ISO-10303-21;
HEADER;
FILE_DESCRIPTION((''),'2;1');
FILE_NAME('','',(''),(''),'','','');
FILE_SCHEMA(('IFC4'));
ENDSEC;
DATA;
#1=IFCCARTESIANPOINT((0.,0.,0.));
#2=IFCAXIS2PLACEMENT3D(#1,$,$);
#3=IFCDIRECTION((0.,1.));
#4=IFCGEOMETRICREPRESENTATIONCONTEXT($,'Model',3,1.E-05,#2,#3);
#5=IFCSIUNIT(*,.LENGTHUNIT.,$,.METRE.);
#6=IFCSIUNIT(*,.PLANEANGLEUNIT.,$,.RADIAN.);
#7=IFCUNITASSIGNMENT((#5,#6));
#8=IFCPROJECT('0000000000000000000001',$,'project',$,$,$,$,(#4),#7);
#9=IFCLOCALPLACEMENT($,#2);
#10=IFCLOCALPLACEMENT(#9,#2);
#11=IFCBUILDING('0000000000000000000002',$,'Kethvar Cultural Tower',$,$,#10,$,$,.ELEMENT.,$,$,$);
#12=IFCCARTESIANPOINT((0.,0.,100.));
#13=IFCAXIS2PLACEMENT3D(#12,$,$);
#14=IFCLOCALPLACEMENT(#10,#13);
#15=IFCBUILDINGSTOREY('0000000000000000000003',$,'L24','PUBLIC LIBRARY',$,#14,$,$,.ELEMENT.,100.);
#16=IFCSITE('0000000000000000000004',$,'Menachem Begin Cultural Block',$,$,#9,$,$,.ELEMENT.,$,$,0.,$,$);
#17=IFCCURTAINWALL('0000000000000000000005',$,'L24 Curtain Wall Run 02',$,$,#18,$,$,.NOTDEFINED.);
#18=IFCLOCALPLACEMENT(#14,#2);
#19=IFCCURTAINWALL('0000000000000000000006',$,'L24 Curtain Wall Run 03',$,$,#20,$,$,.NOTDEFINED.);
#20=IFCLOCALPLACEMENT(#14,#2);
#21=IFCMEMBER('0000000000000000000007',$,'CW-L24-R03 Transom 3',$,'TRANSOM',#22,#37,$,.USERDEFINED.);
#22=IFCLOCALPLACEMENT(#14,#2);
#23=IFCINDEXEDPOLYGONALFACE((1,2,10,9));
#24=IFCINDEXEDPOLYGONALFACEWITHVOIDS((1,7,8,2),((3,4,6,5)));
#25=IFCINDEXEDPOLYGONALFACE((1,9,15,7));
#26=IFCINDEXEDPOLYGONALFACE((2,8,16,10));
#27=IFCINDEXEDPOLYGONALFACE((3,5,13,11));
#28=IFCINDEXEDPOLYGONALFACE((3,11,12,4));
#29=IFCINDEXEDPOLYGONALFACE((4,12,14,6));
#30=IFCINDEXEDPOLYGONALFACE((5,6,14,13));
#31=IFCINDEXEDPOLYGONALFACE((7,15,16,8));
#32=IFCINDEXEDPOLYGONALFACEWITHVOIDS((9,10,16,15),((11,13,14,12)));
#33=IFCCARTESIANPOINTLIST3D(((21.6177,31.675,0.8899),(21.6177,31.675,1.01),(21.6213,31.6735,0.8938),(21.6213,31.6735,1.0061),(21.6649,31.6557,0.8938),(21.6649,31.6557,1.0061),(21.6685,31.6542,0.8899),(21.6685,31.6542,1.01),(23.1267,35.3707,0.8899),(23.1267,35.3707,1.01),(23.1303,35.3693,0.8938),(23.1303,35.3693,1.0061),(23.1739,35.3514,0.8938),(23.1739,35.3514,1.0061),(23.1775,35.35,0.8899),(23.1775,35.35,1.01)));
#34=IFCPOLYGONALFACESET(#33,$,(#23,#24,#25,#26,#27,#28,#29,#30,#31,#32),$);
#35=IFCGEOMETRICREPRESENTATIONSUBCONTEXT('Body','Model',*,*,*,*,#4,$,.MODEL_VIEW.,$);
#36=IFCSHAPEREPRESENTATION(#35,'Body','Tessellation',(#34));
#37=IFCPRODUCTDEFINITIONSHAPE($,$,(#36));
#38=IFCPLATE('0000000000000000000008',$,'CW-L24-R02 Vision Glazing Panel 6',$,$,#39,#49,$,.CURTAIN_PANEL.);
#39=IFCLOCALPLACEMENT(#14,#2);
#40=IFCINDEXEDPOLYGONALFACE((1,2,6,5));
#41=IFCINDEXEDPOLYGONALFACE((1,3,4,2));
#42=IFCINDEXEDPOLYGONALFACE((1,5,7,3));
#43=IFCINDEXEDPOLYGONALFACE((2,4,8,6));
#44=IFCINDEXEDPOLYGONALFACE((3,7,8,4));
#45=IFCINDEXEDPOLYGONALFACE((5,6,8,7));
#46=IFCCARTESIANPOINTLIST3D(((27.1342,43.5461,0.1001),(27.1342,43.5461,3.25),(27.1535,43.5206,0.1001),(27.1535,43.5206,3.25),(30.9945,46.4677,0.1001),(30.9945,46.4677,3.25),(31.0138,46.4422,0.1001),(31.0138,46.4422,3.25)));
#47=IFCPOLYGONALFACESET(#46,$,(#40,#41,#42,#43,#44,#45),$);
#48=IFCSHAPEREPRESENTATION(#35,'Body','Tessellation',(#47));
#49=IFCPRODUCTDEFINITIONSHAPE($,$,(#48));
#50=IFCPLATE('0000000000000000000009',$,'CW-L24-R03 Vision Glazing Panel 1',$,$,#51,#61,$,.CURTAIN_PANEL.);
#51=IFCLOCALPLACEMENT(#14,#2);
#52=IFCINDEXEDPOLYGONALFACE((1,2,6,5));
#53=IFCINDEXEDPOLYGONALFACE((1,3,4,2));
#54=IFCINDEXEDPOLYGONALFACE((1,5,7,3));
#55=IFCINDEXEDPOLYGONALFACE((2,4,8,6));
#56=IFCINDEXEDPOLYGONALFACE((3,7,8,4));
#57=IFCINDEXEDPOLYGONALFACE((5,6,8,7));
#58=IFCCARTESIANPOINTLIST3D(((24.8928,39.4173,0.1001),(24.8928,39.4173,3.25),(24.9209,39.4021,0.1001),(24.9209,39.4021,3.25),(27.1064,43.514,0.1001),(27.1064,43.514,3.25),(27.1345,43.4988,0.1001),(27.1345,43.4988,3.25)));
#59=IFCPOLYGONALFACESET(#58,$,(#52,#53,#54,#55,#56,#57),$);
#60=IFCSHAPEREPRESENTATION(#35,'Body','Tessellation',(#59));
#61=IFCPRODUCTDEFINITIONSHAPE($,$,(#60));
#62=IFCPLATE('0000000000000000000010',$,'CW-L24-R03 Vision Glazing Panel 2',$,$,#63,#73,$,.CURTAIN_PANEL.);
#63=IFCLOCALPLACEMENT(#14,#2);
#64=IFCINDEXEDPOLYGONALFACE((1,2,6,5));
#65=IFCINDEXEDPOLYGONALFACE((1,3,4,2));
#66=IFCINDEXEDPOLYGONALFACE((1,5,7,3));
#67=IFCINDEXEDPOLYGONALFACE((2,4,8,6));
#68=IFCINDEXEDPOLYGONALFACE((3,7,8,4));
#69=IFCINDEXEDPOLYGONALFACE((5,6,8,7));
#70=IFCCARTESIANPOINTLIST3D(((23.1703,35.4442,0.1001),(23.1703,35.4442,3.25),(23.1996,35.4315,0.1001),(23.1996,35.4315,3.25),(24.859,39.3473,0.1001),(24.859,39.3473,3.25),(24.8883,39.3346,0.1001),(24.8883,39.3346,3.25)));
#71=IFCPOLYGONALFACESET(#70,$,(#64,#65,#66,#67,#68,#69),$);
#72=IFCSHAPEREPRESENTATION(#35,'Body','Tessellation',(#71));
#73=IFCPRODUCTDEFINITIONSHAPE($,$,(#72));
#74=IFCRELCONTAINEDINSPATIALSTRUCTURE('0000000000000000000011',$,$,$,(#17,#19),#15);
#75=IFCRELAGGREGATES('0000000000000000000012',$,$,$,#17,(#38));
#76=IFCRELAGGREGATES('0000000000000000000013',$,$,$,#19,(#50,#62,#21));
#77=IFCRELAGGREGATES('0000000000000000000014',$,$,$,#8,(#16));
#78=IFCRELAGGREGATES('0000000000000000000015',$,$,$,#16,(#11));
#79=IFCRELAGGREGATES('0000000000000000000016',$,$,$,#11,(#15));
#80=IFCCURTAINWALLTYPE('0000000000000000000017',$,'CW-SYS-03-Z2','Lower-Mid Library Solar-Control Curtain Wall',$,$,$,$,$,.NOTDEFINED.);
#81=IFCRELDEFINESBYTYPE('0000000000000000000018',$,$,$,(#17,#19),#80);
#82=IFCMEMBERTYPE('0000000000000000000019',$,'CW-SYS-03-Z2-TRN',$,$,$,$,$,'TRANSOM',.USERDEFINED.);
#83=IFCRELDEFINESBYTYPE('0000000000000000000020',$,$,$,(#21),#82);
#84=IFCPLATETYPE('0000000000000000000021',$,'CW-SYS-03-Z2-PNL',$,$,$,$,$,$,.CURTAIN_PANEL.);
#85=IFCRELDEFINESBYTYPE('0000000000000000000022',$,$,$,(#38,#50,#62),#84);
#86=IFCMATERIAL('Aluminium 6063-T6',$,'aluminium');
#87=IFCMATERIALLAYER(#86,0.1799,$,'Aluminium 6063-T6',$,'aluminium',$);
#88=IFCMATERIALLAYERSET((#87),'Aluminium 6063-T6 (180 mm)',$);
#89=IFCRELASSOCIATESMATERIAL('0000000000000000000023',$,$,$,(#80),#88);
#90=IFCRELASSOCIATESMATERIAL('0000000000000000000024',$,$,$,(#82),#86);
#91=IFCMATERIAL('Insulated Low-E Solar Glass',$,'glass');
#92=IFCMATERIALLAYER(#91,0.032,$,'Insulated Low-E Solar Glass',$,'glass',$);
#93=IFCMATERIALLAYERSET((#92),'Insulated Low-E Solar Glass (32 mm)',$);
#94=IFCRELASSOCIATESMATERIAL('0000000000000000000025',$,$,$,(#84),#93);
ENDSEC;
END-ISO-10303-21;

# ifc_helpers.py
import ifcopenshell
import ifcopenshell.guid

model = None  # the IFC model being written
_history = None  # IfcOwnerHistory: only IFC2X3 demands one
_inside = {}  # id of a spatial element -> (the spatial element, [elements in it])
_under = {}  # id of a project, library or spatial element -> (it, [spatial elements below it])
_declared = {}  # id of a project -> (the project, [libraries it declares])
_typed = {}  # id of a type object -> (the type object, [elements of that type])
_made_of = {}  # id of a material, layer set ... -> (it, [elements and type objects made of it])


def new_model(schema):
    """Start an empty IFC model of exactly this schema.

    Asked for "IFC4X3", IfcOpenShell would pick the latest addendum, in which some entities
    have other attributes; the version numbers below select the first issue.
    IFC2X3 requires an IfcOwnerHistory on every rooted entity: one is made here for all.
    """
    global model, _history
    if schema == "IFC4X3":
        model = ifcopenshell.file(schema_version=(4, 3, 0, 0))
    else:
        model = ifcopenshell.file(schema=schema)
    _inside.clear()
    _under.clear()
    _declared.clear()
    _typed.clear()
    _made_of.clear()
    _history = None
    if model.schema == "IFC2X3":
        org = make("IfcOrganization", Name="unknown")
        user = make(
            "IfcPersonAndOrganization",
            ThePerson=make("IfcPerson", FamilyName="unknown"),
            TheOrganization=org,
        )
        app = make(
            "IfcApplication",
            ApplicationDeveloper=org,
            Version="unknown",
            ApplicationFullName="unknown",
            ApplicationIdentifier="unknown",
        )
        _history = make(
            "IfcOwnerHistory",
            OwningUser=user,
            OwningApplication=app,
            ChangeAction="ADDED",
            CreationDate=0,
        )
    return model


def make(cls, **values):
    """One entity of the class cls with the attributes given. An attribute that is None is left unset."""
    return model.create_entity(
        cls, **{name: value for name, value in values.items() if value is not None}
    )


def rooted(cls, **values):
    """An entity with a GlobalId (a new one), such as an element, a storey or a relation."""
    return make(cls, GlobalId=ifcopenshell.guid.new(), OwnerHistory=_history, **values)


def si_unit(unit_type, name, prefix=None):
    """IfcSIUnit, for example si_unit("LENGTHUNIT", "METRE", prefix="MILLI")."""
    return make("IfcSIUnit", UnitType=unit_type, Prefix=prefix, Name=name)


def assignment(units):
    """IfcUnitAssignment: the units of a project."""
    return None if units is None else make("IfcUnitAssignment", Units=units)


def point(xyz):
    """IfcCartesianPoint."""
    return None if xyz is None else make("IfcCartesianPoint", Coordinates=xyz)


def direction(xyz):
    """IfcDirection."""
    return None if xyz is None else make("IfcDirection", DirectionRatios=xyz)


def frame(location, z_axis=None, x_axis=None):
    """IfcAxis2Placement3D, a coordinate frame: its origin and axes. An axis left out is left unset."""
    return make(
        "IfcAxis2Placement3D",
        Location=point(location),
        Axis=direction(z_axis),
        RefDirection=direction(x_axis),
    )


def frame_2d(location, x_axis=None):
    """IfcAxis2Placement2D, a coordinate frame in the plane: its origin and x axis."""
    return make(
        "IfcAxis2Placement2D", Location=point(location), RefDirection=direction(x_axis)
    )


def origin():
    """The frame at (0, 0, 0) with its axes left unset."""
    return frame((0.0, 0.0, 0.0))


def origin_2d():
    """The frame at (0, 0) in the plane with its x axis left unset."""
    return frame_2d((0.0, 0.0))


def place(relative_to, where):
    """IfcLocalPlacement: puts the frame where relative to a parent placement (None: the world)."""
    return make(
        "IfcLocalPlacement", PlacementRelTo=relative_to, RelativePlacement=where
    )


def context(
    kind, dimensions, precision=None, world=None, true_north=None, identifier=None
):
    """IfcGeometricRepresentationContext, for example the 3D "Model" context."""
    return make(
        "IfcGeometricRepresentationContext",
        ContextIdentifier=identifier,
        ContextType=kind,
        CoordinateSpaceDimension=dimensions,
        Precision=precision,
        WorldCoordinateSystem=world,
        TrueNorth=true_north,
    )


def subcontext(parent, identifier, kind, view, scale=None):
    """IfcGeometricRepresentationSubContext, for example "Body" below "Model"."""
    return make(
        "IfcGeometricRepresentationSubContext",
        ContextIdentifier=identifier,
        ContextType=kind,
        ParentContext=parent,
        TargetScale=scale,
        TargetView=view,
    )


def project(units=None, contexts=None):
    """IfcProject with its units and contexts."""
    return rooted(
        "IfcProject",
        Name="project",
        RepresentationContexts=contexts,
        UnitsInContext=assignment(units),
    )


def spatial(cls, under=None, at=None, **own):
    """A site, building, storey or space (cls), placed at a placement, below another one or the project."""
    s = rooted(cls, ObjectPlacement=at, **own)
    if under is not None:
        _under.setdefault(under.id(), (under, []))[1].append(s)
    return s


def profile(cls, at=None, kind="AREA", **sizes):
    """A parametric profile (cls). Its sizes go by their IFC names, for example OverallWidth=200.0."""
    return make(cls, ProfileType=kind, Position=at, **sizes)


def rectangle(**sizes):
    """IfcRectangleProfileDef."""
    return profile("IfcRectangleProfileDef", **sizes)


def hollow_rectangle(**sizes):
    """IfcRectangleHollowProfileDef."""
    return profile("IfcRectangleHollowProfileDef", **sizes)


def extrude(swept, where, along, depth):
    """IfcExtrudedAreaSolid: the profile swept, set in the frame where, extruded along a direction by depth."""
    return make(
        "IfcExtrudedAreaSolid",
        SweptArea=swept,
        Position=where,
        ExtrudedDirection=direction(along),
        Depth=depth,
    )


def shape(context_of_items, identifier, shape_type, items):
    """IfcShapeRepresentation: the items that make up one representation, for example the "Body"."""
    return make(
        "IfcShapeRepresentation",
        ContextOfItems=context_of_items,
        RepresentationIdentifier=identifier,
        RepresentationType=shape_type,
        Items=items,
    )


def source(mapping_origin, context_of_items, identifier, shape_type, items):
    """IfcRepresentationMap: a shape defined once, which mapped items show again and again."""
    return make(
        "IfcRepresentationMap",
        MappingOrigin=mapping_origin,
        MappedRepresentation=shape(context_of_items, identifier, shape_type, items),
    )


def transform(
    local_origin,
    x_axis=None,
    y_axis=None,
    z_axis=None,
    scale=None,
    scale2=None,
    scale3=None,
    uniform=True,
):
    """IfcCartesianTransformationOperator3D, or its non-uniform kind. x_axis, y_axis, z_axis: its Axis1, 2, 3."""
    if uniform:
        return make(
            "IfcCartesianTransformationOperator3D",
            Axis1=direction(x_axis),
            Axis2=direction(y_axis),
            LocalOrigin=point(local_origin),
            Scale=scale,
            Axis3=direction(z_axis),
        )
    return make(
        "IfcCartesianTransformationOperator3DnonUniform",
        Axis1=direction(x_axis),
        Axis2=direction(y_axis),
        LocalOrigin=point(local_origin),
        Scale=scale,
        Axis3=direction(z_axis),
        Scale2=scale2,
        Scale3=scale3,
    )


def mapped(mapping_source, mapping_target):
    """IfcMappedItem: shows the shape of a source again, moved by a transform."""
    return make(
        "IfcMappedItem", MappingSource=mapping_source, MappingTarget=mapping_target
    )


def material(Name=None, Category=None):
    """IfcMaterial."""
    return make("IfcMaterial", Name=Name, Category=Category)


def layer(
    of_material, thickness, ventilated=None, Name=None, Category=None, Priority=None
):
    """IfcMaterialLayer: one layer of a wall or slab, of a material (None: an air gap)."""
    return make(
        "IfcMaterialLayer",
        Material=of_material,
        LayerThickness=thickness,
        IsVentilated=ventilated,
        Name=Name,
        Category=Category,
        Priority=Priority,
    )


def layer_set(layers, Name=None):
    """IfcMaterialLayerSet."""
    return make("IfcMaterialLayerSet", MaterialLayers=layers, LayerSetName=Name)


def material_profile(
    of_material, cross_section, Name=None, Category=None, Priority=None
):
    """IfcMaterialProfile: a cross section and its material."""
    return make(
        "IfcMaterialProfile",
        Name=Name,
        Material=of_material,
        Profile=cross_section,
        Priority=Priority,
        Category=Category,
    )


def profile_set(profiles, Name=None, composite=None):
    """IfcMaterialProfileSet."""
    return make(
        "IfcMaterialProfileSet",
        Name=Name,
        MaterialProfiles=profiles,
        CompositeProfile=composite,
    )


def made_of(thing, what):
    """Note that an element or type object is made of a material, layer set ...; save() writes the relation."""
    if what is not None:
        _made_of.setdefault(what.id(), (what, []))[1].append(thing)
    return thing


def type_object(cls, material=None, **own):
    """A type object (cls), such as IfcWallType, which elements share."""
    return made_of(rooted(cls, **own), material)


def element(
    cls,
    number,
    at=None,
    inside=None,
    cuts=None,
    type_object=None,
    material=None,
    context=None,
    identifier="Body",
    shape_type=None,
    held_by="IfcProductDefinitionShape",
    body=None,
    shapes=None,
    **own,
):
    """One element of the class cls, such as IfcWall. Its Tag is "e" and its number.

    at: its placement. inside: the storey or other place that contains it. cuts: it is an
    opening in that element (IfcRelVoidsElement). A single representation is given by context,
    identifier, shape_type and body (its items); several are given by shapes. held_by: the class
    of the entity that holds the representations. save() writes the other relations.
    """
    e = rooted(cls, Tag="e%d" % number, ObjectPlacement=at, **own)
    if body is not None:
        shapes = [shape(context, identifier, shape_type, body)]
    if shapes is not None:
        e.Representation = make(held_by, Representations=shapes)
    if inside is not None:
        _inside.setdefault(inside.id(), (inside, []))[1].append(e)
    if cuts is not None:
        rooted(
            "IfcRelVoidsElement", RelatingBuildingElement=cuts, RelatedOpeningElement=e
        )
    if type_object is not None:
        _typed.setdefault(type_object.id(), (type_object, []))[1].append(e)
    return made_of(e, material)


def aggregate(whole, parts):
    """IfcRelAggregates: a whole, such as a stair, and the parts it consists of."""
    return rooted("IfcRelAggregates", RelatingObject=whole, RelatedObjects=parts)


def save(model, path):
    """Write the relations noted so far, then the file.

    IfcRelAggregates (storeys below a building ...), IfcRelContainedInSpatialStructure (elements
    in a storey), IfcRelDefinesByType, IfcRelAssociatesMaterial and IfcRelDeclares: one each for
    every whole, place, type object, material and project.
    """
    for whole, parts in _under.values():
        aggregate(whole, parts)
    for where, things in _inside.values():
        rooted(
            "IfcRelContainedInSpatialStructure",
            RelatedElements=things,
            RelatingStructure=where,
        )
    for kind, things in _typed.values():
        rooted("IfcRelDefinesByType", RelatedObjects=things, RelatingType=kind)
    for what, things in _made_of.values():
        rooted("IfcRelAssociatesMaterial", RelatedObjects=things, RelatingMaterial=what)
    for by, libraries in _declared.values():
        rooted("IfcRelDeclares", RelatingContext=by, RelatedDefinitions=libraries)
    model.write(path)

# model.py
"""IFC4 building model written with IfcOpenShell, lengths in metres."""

from ifc_helpers import new_model, si_unit, direction, frame, origin, origin_2d, place, context, subcontext, project, spatial, rectangle, hollow_rectangle, extrude, source, transform, mapped, material, layer, layer_set, material_profile, profile_set, type_object, element, aggregate, save


model = new_model("IFC4")

# Units and contexts
model_context = context("Model", 3, precision=1e-05, world=origin(), true_north=direction((0.0, 1.0)))
body_context = subcontext(model_context, "Body", "Model", "MODEL_VIEW")
ifc_project = project(units=[si_unit("LENGTHUNIT", "METRE"), si_unit("PLANEANGLEUNIT", "RADIAN")], contexts=[model_context])

# Site, building, storey
site_placement = place(None, origin())
site = spatial("IfcSite", under=ifc_project, at=site_placement, Name="Menachem Begin Cultural Block", CompositionType="ELEMENT", RefElevation=0.0)
building_placement = place(site_placement, origin())
building = spatial("IfcBuilding", under=site, at=building_placement, Name="Kethvar Cultural Tower", CompositionType="ELEMENT")
storey_placement = place(building_placement, frame((0.0, 0.0, 100.0)))
storey = spatial("IfcBuildingStorey", under=building, at=storey_placement, Name="L24", Description="PUBLIC LIBRARY", CompositionType="ELEMENT", Elevation=100.0)

# Curtain walls
ifc_material_1 = material(Name="Aluminium 6063-T6", Category="aluminium")
ifc_layer_1 = layer(ifc_material_1, 0.1799, Name="Aluminium 6063-T6", Category="aluminium")
ifc_layer_set_1 = layer_set([ifc_layer_1], Name="Aluminium 6063-T6 (180 mm)")
curtain_wall_type = type_object("IfcCurtainWallType", Name="CW-SYS-03-Z2", Description="Lower-Mid Library Solar-Control Curtain Wall", PredefinedType="NOTDEFINED", material=ifc_layer_set_1)
curtain_wall_1_placement = place(storey_placement, origin())
curtain_wall_1 = element("IfcCurtainWall", 1, at=curtain_wall_1_placement, inside=storey, type_object=curtain_wall_type, Name="L24 Curtain Wall Run 02", PredefinedType="NOTDEFINED")
curtain_wall_2_placement = place(storey_placement, origin())
curtain_wall_2 = element("IfcCurtainWall", 2, at=curtain_wall_2_placement, inside=storey, type_object=curtain_wall_type, Name="L24 Curtain Wall Run 03", PredefinedType="NOTDEFINED")

# Member
ifc_material_profile_1 = material_profile(ifc_material_1, hollow_rectangle(XDim=0.0549, YDim=0.1201, WallThickness=0.0039, at=origin_2d()), Name="Aluminium 6063-T6 — RHS120x55x4")
ifc_profile_set_1 = profile_set([ifc_material_profile_1], Name="Aluminium 6063-T6 — RHS120x55x4")
member_type_1 = type_object("IfcMemberType", Name="CW-SYS-03-Z2-TRN", ElementType="TRANSOM", PredefinedType="USERDEFINED", material=ifc_profile_set_1)
shared_shape_1 = source(origin(), body_context, "Body", "SweptSolid", [
    extrude(hollow_rectangle(XDim=0.0549, YDim=0.1201, WallThickness=0.0039, at=origin_2d()), origin(), (0.0, 0.0, 1.0), 3.9919),
])
member_1_placement = place(storey_placement, frame((23.1521, 35.3604, 0.95), z_axis=(-0.378014, -0.9258, 0.0), x_axis=(0.9258, -0.378014, 0.0)))
member_1 = element("IfcMember", 3, at=member_1_placement, type_object=member_type_1, Name="CW-L24-R03 Transom 3", ObjectType="TRANSOM", PredefinedType="USERDEFINED", context=body_context, shape_type="MappedRepresentation", body=[
    mapped(shared_shape_1, transform((0.0, 0.0, 0.0), scale=1.0)),
])

# Plates
ifc_material_2 = material(Name="Insulated Low-E Solar Glass", Category="glass")
ifc_layer_2 = layer(ifc_material_2, 0.032, Name="Insulated Low-E Solar Glass", Category="glass")
ifc_layer_set_2 = layer_set([ifc_layer_2], Name="Insulated Low-E Solar Glass (32 mm)")
plate_type = type_object("IfcPlateType", Name="CW-SYS-03-Z2-PNL", PredefinedType="CURTAIN_PANEL", material=ifc_layer_set_2)
shared_shape_2 = source(origin(), body_context, "Body", "SweptSolid", [
    extrude(rectangle(XDim=4.8413, YDim=0.032, at=origin_2d()), origin(), (0.0, 0.0, 1.0), 3.1499),
])
plate_1_placement = place(storey_placement, frame((29.074, 44.9941, 0.1001), z_axis=(0.0, 0.0, 1.0), x_axis=(-0.797373, -0.603486, 0.0)))
plate_1 = element("IfcPlate", 4, at=plate_1_placement, type_object=plate_type, Name="CW-L24-R02 Vision Glazing Panel 6", PredefinedType="CURTAIN_PANEL", context=body_context, shape_type="MappedRepresentation", body=[
    mapped(shared_shape_2, transform((0.0, 0.0, 0.0), scale=1.0)),
])
aggregate(curtain_wall_1, [plate_1])
shared_shape_3 = source(origin(), body_context, "Body", "SweptSolid", [
    extrude(rectangle(XDim=4.6565, YDim=0.032, at=origin_2d()), origin(), (0.0, 0.0, 1.0), 3.1499),
])
plate_2_placement = place(storey_placement, frame((26.0137, 41.458, 0.1001), z_axis=(0.0, 0.0, 1.0), x_axis=(-0.475379, -0.879781, 0.0)))
plate_2 = element("IfcPlate", 5, at=plate_2_placement, type_object=plate_type, Name="CW-L24-R03 Vision Glazing Panel 1", PredefinedType="CURTAIN_PANEL", context=body_context, shape_type="MappedRepresentation", body=[
    mapped(shared_shape_3, transform((0.0, 0.0, 0.0), scale=1.0)),
])
shared_shape_4 = source(origin(), body_context, "Body", "SweptSolid", [
    extrude(rectangle(XDim=4.2527, YDim=0.032, at=origin_2d()), origin(), (0.0, 0.0, 1.0), 3.1499),
])
plate_3_placement = place(storey_placement, frame((24.0293, 37.3894, 0.1001), z_axis=(0.0, 0.0, 1.0), x_axis=(-0.3971, -0.917775, 0.0)))
plate_3 = element("IfcPlate", 6, at=plate_3_placement, type_object=plate_type, Name="CW-L24-R03 Vision Glazing Panel 2", PredefinedType="CURTAIN_PANEL", context=body_context, shape_type="MappedRepresentation", body=[
    mapped(shared_shape_4, transform((0.0, 0.0, 0.0), scale=1.0)),
])
aggregate(curtain_wall_2, [plate_2, plate_3, member_1])

save(model, "model.ifc")
